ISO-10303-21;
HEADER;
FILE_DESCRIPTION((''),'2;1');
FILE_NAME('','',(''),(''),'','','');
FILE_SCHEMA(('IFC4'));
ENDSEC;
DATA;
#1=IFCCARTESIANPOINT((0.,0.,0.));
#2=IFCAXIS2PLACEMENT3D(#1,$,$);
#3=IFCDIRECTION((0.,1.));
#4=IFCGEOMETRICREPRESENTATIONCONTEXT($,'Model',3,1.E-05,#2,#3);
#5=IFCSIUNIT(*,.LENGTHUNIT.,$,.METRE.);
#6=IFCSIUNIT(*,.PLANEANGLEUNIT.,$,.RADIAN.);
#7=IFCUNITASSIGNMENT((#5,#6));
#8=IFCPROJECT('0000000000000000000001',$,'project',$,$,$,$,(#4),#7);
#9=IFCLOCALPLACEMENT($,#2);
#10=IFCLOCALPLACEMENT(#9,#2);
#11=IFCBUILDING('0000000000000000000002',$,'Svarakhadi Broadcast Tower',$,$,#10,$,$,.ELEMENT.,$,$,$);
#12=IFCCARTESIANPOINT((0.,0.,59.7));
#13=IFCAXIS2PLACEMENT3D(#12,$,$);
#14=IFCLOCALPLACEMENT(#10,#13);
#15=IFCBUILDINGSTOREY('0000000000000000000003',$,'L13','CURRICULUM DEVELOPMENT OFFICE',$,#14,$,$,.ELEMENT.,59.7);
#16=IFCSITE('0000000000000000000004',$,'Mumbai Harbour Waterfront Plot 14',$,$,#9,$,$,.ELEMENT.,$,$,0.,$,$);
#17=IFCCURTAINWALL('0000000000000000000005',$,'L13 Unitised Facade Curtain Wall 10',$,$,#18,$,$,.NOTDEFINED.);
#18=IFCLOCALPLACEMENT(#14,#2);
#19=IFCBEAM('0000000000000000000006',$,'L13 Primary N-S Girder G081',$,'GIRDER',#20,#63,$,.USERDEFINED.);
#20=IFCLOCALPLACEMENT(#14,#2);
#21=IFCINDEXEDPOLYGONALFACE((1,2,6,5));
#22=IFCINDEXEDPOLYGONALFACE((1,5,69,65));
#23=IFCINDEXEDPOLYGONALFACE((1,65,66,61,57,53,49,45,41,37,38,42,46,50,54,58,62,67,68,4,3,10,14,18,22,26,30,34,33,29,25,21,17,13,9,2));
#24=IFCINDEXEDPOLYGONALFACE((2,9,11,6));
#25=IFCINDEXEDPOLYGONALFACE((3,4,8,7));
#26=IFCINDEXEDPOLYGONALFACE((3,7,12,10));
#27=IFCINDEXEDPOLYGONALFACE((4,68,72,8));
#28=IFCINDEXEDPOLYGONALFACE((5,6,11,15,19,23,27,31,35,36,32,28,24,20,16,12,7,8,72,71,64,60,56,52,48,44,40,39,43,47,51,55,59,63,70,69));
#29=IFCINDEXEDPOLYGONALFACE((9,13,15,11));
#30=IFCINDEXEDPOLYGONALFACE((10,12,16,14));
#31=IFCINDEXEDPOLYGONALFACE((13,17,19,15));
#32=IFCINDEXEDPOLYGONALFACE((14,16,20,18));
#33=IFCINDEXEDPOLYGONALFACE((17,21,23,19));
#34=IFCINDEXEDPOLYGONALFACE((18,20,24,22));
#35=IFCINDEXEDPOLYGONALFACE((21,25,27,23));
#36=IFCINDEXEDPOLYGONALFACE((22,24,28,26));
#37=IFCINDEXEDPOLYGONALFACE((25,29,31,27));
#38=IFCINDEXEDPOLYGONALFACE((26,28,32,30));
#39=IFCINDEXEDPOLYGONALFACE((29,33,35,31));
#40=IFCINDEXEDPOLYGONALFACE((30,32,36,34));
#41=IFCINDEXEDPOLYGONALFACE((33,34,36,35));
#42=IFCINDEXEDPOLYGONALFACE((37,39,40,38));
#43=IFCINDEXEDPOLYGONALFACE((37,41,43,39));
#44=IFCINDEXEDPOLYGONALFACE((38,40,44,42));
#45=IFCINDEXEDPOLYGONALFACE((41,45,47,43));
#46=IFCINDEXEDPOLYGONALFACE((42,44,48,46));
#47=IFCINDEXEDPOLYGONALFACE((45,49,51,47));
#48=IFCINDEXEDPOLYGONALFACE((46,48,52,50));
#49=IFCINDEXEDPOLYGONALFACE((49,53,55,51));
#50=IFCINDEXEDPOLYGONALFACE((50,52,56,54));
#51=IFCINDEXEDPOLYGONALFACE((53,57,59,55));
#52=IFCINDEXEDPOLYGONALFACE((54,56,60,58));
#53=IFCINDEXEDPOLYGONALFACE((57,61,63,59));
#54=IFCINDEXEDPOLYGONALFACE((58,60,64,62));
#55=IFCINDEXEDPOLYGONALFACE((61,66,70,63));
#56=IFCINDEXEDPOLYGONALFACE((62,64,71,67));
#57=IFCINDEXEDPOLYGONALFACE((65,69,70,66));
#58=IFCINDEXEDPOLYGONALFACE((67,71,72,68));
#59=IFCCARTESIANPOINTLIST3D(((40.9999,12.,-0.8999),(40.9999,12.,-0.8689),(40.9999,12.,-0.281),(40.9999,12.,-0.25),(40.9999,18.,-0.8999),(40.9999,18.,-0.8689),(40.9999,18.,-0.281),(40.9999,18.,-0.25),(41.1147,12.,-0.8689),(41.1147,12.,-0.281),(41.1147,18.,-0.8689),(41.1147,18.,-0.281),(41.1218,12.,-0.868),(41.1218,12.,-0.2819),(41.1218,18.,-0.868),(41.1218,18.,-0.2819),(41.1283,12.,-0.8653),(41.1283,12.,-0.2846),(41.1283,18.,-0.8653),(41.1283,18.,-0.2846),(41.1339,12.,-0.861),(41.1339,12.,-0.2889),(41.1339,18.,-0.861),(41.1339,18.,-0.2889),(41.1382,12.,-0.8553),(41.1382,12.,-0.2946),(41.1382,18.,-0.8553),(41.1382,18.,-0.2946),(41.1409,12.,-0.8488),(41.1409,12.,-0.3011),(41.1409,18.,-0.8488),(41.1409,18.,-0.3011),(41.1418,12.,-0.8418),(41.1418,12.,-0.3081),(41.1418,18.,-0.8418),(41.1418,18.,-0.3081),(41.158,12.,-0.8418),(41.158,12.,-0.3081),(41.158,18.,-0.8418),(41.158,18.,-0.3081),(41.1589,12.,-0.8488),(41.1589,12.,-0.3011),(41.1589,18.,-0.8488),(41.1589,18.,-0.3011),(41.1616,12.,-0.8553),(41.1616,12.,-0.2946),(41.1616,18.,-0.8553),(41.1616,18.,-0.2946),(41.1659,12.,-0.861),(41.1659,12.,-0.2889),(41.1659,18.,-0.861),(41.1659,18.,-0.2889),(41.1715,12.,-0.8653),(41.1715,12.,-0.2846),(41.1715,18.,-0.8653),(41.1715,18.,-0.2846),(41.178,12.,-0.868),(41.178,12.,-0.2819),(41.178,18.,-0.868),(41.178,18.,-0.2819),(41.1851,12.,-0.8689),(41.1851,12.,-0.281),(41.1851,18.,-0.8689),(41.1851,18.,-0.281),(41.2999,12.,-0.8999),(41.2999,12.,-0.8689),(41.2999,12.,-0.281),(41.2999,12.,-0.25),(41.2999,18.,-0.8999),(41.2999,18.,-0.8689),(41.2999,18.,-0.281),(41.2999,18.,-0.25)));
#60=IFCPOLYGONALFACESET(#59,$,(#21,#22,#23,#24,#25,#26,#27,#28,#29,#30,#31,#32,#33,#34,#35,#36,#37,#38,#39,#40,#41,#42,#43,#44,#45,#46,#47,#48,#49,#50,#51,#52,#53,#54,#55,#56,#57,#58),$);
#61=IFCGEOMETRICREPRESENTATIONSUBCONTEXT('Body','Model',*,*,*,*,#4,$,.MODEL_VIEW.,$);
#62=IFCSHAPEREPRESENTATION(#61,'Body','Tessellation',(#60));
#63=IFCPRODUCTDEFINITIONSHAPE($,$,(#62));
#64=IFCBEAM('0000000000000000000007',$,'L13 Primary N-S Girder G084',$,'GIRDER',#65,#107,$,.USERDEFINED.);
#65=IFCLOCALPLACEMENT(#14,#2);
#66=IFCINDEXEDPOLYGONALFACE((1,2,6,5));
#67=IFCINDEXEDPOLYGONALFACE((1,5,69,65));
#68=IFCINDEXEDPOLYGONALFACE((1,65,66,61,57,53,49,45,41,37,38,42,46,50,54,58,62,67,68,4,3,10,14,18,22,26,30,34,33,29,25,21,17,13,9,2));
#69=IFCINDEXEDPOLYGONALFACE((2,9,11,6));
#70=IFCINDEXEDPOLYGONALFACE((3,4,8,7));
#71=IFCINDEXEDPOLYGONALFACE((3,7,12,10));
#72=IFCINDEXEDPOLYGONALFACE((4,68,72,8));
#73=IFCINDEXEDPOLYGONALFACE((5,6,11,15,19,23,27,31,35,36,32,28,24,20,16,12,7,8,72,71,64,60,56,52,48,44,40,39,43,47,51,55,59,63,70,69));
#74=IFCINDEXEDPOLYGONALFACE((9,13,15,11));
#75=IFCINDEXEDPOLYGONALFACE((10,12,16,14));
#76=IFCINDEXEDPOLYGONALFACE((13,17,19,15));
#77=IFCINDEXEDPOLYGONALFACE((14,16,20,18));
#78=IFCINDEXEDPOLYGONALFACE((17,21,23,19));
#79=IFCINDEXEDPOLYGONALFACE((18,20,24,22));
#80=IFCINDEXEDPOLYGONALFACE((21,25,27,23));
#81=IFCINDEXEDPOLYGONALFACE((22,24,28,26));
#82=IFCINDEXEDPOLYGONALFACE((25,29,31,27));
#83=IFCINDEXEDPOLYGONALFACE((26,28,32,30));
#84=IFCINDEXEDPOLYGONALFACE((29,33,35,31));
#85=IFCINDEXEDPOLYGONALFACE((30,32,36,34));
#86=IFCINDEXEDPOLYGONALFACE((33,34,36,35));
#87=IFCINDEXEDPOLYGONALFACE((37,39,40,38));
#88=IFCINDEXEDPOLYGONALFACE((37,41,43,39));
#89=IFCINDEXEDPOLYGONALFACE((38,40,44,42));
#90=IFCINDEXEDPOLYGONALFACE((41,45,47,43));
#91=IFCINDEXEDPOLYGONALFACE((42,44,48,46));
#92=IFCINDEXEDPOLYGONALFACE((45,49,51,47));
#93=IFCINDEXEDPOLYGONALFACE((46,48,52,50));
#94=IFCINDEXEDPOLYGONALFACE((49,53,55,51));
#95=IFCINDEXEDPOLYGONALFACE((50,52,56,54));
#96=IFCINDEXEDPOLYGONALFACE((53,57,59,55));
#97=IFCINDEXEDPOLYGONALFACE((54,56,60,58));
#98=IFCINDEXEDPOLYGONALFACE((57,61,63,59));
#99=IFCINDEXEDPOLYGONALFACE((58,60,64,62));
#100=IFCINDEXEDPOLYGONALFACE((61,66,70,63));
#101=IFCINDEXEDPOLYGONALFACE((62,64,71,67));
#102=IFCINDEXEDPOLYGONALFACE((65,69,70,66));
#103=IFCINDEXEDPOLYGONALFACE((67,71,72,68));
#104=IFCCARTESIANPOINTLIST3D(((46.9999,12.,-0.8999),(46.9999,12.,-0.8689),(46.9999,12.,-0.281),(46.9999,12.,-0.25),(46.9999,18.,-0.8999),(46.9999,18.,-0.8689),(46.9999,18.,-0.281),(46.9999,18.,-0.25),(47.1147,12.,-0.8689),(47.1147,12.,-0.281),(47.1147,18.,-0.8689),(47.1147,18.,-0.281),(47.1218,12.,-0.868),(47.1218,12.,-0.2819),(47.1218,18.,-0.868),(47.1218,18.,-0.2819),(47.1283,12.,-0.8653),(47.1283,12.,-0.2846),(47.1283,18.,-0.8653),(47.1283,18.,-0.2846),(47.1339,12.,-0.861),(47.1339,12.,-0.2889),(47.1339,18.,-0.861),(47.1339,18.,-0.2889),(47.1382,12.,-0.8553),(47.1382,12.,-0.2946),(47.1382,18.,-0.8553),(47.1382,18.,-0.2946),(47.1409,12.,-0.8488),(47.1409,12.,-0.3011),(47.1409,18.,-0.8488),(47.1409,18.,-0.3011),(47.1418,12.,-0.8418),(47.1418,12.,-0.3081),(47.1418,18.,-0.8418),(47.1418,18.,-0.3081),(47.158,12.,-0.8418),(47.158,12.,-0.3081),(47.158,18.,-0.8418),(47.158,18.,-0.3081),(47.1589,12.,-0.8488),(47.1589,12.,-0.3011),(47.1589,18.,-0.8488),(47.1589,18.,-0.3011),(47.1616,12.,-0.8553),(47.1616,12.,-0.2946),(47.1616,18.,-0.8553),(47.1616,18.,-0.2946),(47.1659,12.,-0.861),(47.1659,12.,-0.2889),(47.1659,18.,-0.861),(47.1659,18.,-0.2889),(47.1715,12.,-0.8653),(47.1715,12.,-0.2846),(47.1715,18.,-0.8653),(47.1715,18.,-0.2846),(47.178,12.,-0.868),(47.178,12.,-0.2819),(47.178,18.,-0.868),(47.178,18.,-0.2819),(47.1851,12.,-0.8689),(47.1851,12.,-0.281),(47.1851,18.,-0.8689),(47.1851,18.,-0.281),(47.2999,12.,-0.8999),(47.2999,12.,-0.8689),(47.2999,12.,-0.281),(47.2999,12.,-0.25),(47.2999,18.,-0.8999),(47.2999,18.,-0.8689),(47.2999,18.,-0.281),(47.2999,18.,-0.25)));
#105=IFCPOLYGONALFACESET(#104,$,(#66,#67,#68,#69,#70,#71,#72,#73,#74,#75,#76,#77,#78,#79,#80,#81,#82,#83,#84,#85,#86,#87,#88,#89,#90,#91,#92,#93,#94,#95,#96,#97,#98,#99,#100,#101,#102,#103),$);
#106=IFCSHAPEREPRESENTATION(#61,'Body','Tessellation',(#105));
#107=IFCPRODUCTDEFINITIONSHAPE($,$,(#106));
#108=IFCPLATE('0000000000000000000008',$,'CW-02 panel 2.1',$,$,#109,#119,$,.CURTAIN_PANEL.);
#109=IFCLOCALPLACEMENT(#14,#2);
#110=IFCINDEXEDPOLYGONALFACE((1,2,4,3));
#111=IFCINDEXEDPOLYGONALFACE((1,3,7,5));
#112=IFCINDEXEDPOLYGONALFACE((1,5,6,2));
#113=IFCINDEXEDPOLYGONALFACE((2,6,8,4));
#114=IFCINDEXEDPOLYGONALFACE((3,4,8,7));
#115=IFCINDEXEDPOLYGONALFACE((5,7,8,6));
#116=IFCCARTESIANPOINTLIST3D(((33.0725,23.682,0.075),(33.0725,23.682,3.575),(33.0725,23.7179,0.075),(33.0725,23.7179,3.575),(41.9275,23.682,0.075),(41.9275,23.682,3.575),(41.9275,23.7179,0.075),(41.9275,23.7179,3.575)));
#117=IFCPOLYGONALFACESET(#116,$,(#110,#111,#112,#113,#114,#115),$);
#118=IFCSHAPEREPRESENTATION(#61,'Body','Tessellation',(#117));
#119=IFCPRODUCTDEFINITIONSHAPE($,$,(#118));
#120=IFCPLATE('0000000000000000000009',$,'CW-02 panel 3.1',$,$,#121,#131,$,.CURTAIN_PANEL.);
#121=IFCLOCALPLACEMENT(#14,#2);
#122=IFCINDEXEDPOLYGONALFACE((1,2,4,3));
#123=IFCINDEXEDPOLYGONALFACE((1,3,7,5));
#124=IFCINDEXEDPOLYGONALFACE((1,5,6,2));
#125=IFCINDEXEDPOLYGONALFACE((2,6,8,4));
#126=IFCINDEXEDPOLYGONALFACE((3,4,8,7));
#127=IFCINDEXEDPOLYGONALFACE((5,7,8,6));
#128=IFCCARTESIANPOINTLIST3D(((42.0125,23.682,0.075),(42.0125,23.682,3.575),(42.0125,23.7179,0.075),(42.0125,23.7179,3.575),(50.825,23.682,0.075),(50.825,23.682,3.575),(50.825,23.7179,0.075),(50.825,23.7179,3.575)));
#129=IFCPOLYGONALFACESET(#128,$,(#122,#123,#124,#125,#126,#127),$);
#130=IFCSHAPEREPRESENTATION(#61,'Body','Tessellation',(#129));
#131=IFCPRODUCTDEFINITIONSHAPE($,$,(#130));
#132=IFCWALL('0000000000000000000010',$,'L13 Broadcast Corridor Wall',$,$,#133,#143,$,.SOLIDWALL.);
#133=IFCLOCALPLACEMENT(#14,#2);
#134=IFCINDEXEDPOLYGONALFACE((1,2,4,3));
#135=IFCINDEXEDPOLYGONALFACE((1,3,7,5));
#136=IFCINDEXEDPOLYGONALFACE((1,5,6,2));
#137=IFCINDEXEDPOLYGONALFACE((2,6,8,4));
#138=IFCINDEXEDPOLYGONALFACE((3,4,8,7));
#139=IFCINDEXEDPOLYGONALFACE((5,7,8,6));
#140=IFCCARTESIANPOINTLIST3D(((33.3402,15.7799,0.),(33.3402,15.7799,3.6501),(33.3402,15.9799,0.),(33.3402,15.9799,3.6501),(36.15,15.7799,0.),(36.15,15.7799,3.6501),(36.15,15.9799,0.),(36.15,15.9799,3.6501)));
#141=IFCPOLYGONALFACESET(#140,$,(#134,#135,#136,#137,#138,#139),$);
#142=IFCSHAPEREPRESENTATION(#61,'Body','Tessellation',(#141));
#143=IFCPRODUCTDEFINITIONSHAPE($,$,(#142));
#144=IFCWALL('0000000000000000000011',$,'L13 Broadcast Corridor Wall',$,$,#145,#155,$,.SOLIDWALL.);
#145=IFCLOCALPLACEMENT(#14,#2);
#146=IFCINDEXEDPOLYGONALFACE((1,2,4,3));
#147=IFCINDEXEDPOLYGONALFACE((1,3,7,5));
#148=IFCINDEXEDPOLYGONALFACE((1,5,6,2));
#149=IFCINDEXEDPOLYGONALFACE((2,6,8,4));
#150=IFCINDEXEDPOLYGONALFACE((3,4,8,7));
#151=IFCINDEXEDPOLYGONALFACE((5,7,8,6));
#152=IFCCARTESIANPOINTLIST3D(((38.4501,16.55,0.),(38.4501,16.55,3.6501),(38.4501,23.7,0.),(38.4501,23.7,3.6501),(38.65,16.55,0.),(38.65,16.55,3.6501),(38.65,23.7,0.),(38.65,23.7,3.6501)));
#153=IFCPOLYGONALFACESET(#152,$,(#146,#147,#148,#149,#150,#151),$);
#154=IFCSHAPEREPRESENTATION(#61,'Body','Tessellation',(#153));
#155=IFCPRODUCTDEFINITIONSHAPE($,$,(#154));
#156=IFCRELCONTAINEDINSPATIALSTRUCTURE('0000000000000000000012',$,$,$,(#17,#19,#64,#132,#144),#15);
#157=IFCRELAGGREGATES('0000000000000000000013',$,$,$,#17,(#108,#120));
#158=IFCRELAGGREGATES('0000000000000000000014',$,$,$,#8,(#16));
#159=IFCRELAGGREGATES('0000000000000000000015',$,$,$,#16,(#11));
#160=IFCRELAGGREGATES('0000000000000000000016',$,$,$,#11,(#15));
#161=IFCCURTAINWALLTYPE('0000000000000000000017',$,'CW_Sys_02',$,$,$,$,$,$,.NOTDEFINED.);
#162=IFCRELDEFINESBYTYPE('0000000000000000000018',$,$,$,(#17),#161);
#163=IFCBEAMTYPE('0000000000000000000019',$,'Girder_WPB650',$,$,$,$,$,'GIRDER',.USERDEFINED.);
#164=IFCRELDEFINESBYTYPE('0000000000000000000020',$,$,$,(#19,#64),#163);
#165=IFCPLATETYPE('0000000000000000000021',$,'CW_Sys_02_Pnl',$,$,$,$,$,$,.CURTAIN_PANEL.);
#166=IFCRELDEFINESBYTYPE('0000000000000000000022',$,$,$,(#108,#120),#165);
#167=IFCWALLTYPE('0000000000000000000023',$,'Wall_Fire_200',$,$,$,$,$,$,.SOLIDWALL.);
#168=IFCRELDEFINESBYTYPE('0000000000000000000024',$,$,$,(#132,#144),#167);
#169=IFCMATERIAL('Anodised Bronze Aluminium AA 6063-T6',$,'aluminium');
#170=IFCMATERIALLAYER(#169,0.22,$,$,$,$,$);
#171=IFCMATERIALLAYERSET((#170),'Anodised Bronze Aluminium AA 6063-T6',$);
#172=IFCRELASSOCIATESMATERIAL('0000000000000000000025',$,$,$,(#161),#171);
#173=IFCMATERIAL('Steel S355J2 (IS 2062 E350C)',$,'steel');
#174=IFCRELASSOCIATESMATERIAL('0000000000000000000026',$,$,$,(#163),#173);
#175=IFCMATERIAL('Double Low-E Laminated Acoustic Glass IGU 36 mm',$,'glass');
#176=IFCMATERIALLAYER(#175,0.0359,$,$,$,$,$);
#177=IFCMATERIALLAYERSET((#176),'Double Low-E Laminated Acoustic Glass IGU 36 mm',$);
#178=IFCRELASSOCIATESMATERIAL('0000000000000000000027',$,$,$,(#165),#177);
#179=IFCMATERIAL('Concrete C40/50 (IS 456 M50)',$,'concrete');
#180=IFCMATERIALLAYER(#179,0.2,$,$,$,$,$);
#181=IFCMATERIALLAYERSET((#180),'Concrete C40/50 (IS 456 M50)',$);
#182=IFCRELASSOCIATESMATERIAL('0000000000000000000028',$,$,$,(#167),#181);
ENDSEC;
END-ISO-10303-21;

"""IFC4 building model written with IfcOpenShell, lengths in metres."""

from ifc_helpers import new_model, si_unit, direction, frame, frame_2d, origin, origin_2d, place, context, subcontext, project, spatial, rectangle, i_section, extrude, material, layer, layer_set, material_profile, profile_set, type_object, element, aggregate, save


model = new_model("IFC4")

# Units and contexts
model_context = context("Model", 3, precision=1e-05, world=origin(), true_north=direction((0.0, 1.0)))
body_context = subcontext(model_context, "Body", "Model", "MODEL_VIEW")
ifc_project = project(units=[si_unit("LENGTHUNIT", "METRE"), si_unit("PLANEANGLEUNIT", "RADIAN")], contexts=[model_context])

# Site, building, storey
site_placement = place(None, origin())
site = spatial("IfcSite", under=ifc_project, at=site_placement, Name="Mumbai Harbour Waterfront Plot 14", CompositionType="ELEMENT", RefElevation=0.0)
building_placement = place(site_placement, origin())
building = spatial("IfcBuilding", under=site, at=building_placement, Name="Svarakhadi Broadcast Tower", CompositionType="ELEMENT")
storey_placement = place(building_placement, frame((0.0, 0.0, 59.7)))
storey = spatial("IfcBuildingStorey", under=building, at=storey_placement, Name="L13", Description="CURRICULUM DEVELOPMENT OFFICE", CompositionType="ELEMENT", Elevation=59.7)

# Shared definitions
ifc_material_1 = material(Name="Steel S355J2 (IS 2062 E350C)", Category="steel")

# Curtain wall
ifc_material_2 = material(Name="Anodised Bronze Aluminium AA 6063-T6", Category="aluminium")
ifc_layer_1 = layer(ifc_material_2, 0.22)
ifc_layer_set_1 = layer_set([ifc_layer_1], Name="Anodised Bronze Aluminium AA 6063-T6")
curtain_wall_type = type_object("IfcCurtainWallType", Name="CW_Sys_02", PredefinedType="NOTDEFINED", material=ifc_layer_set_1)
curtain_wall_1_placement = place(storey_placement, origin())
curtain_wall_1 = element("IfcCurtainWall", 1, at=curtain_wall_1_placement, inside=storey, type_object=curtain_wall_type, Name="L13 Unitised Facade Curtain Wall 10", PredefinedType="NOTDEFINED")

# Beams
ifc_material_profile_1 = material_profile(ifc_material_1, i_section(OverallWidth=0.3, OverallDepth=0.6499, WebThickness=0.0161, FlangeThickness=0.031, FilletRadius=0.0271, at=origin_2d()), Name="WPB 650x300x225")
ifc_profile_set_1 = profile_set([ifc_material_profile_1], Name="Steel S355J2 (IS 2062 E350C)")
beam_type_1 = type_object("IfcBeamType", Name="Girder_WPB650", ElementType="GIRDER", PredefinedType="USERDEFINED", material=ifc_profile_set_1)
for number, where, z_axis, x_axis, name in (
    (2, (41.1499, 12.0, -0.575), (0.0, 1.0, 0.0), (-1.0, 0.0, 0.0), "L13 Primary N-S Girder G081"),
    (3, (47.1499, 12.0, -0.575), (0.0, 1.0, 0.0), (-1.0, 0.0, 0.0), "L13 Primary N-S Girder G084"),
):
    element("IfcBeam", number, at=place(storey_placement, frame(where, z_axis=z_axis, x_axis=x_axis)), inside=storey, type_object=beam_type_1, Name=name, ObjectType="GIRDER", PredefinedType="USERDEFINED", context=body_context, shape_type="SweptSolid", body=[
        extrude(i_section(OverallWidth=0.3, OverallDepth=0.6499, WebThickness=0.0161, FlangeThickness=0.031, FilletRadius=0.0271, at=origin_2d()), origin(), (0.0, 0.0, 1.0), 6.0),
    ])

# Plates
ifc_material_3 = material(Name="Double Low-E Laminated Acoustic Glass IGU 36 mm", Category="glass")
ifc_layer_2 = layer(ifc_material_3, 0.0359)
ifc_layer_set_2 = layer_set([ifc_layer_2], Name="Double Low-E Laminated Acoustic Glass IGU 36 mm")
plate_type = type_object("IfcPlateType", Name="CW_Sys_02_Pnl", PredefinedType="CURTAIN_PANEL", material=ifc_layer_set_2)
plate_1_placement = place(storey_placement, frame((37.5, 23.7, 0.075), z_axis=(0.0, 0.0, 1.0), x_axis=(1.0, 0.0, 0.0)))
plate_1 = element("IfcPlate", 4, at=plate_1_placement, type_object=plate_type, Name="CW-02 panel 2.1", PredefinedType="CURTAIN_PANEL", context=body_context, shape_type="SweptSolid", body=[
    extrude(rectangle(XDim=8.855, YDim=0.0359, at=origin_2d()), origin(), (0.0, 0.0, 1.0), 3.5),
])
plate_2_placement = place(storey_placement, frame((46.4187, 23.7, 0.075), z_axis=(0.0, 0.0, 1.0), x_axis=(1.0, 0.0, 0.0)))
plate_2 = element("IfcPlate", 5, at=plate_2_placement, type_object=plate_type, Name="CW-02 panel 3.1", PredefinedType="CURTAIN_PANEL", context=body_context, shape_type="SweptSolid", body=[
    extrude(rectangle(XDim=8.8125, YDim=0.0359, at=origin_2d()), origin(), (0.0, 0.0, 1.0), 3.5),
])
aggregate(curtain_wall_1, [plate_1, plate_2])

# Walls
ifc_material_4 = material(Name="Concrete C40/50 (IS 456 M50)", Category="concrete")
ifc_layer_3 = layer(ifc_material_4, 0.2)
ifc_layer_set_3 = layer_set([ifc_layer_3], Name="Concrete C40/50 (IS 456 M50)")
wall_type_1 = type_object("IfcWallType", Name="Wall_Fire_200", PredefinedType="SOLIDWALL", material=ifc_layer_set_3)
wall_1_placement = place(storey_placement, frame((36.1499, 15.8799, 0.0), z_axis=(0.0, 0.0, 1.0), x_axis=(-1.0, 0.0, 0.0)))
element("IfcWall", 6, at=wall_1_placement, inside=storey, type_object=wall_type_1, Name="L13 Broadcast Corridor Wall", PredefinedType="SOLIDWALL", context=body_context, shape_type="SweptSolid", body=[
    extrude(rectangle(XDim=2.8098, YDim=0.2, at=frame_2d((1.4048, 0.0))), origin(), (0.0, 0.0, 1.0), 3.6501),
])
wall_2_placement = place(storey_placement, frame((38.55, 23.7, 0.0), z_axis=(0.0, 0.0, 1.0), x_axis=(0.0, -1.0, 0.0)))
element("IfcWall", 7, at=wall_2_placement, inside=storey, type_object=wall_type_1, Name="L13 Broadcast Corridor Wall", PredefinedType="SOLIDWALL", context=body_context, shape_type="SweptSolid", body=[
    extrude(rectangle(XDim=7.1499, YDim=0.2, at=frame_2d((3.575, 0.0))), origin(), (0.0, 0.0, 1.0), 3.6501),
])

save(model, "model.ifc")
